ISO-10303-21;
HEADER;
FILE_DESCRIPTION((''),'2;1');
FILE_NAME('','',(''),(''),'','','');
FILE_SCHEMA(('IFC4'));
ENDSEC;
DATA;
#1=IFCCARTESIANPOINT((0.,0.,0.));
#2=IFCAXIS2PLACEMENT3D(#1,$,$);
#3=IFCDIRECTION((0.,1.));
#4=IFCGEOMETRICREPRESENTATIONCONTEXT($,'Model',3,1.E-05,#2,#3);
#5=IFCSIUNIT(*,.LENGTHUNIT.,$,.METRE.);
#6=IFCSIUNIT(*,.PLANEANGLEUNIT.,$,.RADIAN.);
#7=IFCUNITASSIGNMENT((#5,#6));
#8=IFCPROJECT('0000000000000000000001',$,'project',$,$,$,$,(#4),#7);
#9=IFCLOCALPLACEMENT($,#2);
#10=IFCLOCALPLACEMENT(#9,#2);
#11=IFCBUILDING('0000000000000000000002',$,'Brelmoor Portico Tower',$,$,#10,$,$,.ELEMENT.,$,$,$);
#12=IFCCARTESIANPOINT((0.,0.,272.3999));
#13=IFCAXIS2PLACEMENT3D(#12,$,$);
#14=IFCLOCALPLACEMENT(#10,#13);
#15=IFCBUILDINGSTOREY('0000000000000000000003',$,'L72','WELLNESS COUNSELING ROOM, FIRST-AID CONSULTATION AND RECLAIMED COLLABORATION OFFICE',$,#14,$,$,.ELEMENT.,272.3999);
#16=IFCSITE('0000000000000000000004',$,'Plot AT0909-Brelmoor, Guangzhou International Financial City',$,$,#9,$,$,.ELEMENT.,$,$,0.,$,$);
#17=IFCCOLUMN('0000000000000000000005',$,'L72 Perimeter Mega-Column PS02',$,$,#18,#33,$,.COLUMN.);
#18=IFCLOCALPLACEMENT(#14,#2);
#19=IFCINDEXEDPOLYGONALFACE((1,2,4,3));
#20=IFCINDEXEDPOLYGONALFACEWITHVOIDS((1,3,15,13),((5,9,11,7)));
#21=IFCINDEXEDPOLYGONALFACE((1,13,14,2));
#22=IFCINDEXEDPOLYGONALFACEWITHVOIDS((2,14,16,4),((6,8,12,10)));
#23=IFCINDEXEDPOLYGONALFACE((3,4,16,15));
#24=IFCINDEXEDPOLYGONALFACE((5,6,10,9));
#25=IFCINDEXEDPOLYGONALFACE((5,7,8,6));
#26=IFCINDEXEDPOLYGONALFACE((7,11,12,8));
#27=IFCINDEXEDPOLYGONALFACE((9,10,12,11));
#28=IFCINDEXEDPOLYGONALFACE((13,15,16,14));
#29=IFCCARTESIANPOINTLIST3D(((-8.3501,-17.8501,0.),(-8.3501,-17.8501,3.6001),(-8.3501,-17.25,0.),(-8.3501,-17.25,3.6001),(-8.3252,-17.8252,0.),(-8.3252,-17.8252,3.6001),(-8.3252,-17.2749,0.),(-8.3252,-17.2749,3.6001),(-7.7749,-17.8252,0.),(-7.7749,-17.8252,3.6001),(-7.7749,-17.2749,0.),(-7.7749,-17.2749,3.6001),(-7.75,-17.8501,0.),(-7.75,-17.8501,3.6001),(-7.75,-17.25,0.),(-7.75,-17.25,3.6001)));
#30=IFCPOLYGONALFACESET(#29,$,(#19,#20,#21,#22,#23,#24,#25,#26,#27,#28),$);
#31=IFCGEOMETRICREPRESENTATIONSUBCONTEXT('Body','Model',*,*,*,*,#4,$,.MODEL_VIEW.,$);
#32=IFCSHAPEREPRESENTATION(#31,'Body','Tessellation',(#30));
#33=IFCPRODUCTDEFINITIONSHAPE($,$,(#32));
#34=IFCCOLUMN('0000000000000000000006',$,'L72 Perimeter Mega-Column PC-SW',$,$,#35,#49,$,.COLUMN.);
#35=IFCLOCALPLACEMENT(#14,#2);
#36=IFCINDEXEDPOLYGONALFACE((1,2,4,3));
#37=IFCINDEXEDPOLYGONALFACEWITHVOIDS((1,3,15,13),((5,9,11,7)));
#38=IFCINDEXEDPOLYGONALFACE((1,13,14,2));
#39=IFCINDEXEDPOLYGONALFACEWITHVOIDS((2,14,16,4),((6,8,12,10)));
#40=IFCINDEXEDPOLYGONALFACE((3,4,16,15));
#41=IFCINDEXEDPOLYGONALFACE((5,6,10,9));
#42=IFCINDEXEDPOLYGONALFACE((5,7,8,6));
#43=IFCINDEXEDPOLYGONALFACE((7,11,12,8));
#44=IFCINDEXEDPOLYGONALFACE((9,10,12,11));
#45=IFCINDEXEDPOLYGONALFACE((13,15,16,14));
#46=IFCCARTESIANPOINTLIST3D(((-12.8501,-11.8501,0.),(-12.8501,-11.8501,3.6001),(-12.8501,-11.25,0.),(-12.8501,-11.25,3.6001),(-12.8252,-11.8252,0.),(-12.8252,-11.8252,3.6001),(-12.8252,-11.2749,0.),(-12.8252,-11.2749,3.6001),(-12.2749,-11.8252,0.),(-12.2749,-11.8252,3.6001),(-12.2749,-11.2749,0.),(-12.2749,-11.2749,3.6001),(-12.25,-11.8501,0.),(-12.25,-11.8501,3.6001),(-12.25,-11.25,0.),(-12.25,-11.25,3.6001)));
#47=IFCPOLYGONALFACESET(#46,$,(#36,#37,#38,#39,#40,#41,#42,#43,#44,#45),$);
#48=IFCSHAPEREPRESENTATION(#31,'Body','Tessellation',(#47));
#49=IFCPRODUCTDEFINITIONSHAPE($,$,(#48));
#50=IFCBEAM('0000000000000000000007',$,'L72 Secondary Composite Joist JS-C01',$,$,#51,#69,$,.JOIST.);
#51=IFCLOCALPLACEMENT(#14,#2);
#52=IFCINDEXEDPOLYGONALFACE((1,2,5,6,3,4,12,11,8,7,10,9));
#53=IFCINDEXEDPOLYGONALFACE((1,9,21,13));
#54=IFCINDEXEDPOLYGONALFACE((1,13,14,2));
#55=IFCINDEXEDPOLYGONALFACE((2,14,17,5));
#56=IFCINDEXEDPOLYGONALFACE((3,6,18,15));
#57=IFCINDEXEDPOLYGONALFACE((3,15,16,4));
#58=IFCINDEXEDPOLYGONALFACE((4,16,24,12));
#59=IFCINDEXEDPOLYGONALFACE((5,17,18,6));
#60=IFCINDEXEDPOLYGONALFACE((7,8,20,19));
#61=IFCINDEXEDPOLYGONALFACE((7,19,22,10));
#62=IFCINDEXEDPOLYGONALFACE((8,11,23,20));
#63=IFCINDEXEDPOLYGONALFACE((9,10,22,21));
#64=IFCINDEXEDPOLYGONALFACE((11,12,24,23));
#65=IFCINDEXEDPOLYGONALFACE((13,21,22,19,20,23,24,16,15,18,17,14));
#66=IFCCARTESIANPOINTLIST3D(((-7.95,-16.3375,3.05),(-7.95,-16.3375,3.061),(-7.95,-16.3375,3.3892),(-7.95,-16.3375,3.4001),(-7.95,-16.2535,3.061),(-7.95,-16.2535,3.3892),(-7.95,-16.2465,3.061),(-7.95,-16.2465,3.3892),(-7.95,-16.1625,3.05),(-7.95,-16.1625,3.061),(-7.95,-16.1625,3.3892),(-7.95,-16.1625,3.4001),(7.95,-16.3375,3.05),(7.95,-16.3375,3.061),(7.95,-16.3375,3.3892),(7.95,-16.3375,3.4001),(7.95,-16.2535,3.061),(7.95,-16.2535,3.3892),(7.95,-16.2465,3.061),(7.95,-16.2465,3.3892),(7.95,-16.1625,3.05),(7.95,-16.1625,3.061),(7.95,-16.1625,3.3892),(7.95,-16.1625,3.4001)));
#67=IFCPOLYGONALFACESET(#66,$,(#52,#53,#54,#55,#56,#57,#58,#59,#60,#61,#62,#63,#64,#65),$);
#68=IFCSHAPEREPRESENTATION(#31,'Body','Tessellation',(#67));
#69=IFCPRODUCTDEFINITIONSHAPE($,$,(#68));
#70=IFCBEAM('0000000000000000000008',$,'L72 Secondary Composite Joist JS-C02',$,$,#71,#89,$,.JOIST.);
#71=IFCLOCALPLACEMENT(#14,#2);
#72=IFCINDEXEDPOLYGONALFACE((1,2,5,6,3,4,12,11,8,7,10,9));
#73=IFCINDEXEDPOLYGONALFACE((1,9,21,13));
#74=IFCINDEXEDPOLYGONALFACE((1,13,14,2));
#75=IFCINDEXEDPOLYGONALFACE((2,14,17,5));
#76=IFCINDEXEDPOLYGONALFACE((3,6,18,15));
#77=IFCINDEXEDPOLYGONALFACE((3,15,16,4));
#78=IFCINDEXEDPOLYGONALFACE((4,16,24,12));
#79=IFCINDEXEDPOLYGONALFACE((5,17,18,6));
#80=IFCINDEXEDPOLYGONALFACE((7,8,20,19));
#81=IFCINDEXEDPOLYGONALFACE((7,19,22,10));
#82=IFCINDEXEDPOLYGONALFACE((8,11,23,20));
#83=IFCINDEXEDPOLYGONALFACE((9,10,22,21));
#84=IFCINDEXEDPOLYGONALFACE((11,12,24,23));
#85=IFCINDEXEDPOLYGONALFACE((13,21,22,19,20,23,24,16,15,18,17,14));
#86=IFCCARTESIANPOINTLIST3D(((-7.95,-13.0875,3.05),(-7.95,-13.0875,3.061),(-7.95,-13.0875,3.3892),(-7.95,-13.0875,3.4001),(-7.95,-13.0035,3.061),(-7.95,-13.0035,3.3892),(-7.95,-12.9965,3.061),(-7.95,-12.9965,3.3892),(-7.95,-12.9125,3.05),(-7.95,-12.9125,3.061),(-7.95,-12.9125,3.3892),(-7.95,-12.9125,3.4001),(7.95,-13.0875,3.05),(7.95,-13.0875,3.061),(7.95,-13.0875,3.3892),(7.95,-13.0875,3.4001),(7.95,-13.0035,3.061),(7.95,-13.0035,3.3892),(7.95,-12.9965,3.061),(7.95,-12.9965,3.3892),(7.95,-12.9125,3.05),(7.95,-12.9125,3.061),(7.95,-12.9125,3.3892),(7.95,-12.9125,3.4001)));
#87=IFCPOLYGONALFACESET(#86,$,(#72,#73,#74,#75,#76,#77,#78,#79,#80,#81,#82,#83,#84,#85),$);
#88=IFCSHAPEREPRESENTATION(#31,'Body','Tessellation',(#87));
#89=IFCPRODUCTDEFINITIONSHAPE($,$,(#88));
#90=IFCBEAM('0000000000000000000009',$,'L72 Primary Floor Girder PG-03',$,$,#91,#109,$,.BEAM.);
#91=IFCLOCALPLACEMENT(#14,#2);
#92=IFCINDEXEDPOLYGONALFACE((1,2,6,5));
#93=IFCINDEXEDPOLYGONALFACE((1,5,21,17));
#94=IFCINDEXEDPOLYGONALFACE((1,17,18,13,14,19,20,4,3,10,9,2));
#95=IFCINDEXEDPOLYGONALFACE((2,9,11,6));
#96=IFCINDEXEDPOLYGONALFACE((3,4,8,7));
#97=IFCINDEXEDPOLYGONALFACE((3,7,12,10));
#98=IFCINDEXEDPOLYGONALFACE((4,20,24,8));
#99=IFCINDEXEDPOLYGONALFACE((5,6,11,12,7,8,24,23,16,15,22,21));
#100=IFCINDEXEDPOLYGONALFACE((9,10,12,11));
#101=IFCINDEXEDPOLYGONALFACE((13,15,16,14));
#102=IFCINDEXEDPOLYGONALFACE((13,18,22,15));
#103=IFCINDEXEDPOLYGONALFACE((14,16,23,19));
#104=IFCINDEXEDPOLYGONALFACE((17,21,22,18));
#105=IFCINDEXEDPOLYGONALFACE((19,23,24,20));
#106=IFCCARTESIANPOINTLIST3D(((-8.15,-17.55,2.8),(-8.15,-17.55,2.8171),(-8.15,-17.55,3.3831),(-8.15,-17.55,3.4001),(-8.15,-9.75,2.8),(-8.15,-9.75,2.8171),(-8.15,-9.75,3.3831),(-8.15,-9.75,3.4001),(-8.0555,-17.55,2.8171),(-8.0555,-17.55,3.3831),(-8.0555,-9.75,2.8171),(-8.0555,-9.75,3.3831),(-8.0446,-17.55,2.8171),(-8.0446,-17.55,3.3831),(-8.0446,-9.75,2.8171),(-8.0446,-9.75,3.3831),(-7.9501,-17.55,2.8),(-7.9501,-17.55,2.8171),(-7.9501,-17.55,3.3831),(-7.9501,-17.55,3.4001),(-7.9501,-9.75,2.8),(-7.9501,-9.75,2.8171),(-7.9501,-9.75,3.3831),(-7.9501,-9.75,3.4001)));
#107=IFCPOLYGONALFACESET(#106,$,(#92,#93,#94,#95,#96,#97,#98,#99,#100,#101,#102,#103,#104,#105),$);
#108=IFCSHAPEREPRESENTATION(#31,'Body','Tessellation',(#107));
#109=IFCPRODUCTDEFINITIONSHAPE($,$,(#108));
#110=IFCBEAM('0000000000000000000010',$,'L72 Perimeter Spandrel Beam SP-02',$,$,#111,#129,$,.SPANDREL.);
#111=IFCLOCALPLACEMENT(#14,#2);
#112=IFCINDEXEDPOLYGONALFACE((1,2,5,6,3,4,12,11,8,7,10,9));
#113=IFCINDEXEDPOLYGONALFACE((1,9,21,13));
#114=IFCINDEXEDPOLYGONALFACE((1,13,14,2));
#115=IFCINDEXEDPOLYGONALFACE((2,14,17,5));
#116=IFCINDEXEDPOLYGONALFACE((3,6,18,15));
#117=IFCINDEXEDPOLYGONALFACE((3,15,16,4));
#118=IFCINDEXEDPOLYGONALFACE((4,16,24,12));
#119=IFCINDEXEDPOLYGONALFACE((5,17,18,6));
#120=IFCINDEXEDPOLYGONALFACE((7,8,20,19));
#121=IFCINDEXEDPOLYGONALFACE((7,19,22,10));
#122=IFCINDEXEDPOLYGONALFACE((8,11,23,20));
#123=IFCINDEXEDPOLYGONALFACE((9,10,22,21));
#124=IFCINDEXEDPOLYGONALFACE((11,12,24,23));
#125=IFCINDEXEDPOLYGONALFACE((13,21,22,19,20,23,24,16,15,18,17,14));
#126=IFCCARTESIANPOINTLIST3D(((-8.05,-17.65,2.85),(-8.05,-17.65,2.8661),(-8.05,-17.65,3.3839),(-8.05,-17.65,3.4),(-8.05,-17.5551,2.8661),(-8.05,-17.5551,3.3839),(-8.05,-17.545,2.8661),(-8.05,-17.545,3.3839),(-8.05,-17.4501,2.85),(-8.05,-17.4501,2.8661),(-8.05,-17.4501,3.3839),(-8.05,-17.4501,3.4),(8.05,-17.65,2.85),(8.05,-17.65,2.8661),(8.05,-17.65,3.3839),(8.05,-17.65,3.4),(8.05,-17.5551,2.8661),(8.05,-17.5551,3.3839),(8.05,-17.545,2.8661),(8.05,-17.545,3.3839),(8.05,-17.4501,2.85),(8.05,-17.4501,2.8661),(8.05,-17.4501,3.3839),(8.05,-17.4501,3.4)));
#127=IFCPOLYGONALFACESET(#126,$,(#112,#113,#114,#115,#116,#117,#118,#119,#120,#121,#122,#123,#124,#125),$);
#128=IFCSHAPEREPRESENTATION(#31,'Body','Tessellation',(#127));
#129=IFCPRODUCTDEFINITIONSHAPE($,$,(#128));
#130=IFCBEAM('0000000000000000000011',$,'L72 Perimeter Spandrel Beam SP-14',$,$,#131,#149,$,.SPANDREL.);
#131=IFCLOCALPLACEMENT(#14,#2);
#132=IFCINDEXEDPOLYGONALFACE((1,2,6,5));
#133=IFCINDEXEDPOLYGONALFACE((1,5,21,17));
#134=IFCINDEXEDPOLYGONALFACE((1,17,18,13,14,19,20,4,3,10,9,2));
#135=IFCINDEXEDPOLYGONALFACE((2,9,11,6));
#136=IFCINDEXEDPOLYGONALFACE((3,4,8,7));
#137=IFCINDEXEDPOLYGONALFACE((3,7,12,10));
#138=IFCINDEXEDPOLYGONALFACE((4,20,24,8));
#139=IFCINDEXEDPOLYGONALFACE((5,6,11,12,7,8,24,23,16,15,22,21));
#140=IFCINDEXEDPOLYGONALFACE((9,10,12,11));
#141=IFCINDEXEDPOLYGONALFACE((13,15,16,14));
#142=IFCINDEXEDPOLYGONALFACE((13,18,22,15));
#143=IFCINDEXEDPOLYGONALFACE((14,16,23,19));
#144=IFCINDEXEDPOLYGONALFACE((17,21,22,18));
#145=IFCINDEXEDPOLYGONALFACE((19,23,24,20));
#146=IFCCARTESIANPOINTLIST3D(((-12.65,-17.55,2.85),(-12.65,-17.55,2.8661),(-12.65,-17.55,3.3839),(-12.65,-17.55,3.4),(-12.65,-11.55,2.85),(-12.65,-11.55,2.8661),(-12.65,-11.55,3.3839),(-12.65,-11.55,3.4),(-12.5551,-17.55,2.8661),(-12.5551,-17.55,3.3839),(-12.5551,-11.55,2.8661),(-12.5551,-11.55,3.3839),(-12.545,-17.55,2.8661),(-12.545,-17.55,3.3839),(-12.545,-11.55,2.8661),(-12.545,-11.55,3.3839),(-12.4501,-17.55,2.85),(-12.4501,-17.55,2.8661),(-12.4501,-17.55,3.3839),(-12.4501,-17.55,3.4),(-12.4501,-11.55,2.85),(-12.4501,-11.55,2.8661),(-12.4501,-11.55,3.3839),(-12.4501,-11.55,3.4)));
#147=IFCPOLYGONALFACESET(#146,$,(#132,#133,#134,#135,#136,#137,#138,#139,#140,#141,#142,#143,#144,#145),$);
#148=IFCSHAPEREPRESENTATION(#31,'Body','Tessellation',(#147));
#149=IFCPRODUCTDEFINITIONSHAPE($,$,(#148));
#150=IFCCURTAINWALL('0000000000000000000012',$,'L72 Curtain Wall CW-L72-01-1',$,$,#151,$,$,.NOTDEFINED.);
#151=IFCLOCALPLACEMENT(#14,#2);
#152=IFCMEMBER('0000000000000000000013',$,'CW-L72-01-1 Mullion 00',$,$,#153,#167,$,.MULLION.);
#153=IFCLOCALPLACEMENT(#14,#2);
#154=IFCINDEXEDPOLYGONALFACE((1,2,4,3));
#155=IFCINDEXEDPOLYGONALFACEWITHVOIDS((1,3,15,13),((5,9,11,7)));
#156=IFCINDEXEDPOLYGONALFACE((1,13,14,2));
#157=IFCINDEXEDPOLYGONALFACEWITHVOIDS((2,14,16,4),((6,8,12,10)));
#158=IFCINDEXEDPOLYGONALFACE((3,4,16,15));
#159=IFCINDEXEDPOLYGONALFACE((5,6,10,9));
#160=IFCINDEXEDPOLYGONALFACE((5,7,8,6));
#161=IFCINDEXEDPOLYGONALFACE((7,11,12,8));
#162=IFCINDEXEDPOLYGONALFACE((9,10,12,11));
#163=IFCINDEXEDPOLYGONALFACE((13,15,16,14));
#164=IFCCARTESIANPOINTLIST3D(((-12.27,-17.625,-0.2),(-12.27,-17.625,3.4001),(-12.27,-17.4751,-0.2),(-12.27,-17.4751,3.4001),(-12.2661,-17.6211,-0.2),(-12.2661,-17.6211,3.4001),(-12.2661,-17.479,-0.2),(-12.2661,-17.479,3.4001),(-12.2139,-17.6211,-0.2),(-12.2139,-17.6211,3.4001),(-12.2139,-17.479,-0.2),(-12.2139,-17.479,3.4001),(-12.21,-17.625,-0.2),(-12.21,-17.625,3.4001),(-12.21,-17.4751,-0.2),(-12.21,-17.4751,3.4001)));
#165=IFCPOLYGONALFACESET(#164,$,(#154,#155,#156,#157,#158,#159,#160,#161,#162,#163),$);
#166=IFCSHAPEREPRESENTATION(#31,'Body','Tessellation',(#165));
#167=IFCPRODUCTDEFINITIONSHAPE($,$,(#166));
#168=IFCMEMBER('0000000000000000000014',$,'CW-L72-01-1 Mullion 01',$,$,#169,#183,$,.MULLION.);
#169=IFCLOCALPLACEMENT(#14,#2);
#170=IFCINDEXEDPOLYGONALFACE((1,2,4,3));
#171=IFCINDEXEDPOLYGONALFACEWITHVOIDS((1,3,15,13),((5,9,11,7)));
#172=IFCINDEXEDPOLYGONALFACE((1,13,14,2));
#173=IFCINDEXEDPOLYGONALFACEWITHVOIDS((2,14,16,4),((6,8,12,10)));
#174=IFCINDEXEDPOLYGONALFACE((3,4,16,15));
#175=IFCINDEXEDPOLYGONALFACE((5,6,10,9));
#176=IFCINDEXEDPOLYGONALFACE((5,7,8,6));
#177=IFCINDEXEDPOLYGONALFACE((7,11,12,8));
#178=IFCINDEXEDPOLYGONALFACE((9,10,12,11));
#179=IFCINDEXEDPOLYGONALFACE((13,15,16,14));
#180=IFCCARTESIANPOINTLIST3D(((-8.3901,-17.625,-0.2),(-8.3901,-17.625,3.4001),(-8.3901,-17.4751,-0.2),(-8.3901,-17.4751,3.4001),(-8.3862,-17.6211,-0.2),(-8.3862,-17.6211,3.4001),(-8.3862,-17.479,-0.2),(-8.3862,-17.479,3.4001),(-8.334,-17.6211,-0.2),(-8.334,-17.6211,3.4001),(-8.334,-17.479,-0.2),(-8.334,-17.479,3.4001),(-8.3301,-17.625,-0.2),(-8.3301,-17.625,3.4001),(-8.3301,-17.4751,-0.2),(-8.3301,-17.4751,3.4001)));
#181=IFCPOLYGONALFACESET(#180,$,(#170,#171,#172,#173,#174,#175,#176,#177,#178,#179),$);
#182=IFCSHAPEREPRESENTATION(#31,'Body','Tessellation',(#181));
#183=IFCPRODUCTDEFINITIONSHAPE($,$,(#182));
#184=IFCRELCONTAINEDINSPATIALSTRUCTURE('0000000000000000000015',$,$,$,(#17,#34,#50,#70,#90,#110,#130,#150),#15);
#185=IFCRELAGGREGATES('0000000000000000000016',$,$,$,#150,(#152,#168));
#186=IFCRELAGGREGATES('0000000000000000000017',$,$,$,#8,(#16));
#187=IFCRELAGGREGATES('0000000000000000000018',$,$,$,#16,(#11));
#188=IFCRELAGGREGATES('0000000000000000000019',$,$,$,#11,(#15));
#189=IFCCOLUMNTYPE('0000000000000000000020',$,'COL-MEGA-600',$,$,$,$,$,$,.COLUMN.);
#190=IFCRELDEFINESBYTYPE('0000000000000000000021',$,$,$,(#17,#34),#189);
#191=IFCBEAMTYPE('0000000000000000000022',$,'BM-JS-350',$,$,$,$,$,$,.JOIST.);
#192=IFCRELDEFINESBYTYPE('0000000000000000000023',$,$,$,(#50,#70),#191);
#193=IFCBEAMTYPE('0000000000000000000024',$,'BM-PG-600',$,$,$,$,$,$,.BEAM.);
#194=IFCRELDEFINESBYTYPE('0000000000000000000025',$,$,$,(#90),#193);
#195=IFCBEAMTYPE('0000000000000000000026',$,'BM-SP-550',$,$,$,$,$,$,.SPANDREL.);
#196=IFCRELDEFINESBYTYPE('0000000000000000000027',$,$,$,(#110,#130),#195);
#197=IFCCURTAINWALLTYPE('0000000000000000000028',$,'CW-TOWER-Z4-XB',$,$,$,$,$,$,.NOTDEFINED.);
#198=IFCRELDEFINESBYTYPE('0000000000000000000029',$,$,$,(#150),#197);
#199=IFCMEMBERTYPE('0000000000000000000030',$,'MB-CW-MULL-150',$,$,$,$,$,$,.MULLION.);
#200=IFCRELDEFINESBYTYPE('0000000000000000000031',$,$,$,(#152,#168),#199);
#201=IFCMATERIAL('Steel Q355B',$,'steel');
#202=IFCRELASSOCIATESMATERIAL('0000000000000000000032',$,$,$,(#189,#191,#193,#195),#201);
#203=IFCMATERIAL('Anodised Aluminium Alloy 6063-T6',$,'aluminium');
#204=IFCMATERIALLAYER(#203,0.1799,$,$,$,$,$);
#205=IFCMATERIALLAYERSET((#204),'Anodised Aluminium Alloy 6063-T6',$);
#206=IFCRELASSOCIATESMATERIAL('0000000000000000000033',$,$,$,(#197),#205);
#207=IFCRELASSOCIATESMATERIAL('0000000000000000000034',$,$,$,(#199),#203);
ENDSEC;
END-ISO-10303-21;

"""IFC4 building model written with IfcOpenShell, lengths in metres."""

from ifc_helpers import new_model, si_unit, direction, frame, origin, origin_2d, place, context, subcontext, project, spatial, hollow_rectangle, i_section, extrude, material, layer, layer_set, material_profile, profile_set, type_object, element, aggregate, save


model = new_model("IFC4")

# Units and contexts
model_context = context("Model", 3, precision=1e-05, world=origin(), true_north=direction((0.0, 1.0)))
body_context = subcontext(model_context, "Body", "Model", "MODEL_VIEW")
ifc_project = project(units=[si_unit("LENGTHUNIT", "METRE"), si_unit("PLANEANGLEUNIT", "RADIAN")], contexts=[model_context])

# Site, building, storey
site_placement = place(None, origin())
site = spatial("IfcSite", under=ifc_project, at=site_placement, Name="Plot AT0909-Brelmoor, Guangzhou International Financial City", CompositionType="ELEMENT", RefElevation=0.0)
building_placement = place(site_placement, origin())
building = spatial("IfcBuilding", under=site, at=building_placement, Name="Brelmoor Portico Tower", CompositionType="ELEMENT")
storey_placement = place(building_placement, frame((0.0, 0.0, 272.3999)))
storey = spatial("IfcBuildingStorey", under=building, at=storey_placement, Name="L72", Description="WELLNESS COUNSELING ROOM, FIRST-AID CONSULTATION AND RECLAIMED COLLABORATION OFFICE", CompositionType="ELEMENT", Elevation=272.3999)

# Columns
ifc_material_1 = material(Name="Steel Q355B", Category="steel")
ifc_material_profile_1 = material_profile(ifc_material_1, hollow_rectangle(XDim=0.6001, YDim=0.6001, WallThickness=0.0249, at=origin_2d()), Name="BOX 600x600x25")
ifc_profile_set_1 = profile_set([ifc_material_profile_1], Name="Steel Q355B")
column_type = type_object("IfcColumnType", Name="COL-MEGA-600", PredefinedType="COLUMN", material=ifc_profile_set_1)
for number, where, z_axis, x_axis, name in (
    (1, (-8.05, -17.55, 0.0), (0.0, 0.0, 1.0), (1.0, 0.0, 0.0), "L72 Perimeter Mega-Column PS02"),
    (2, (-12.55, -11.55, 0.0), (0.0, 0.0, 1.0), (1.0, 0.0, 0.0), "L72 Perimeter Mega-Column PC-SW"),
):
    element("IfcColumn", number, at=place(storey_placement, frame(where, z_axis=z_axis, x_axis=x_axis)), inside=storey, type_object=column_type, Name=name, PredefinedType="COLUMN", context=body_context, shape_type="SweptSolid", body=[
        extrude(hollow_rectangle(XDim=0.6001, YDim=0.6001, WallThickness=0.0249, at=origin_2d()), origin(), (0.0, 0.0, 1.0), 3.6001),
    ])

# Beams
ifc_material_profile_2 = material_profile(ifc_material_1, i_section(OverallWidth=0.175, OverallDepth=0.3501, WebThickness=0.0071, FlangeThickness=0.011, at=origin_2d()), Name="HN 350x175x7x11")
ifc_profile_set_2 = profile_set([ifc_material_profile_2], Name="Steel Q355B")
beam_type_1 = type_object("IfcBeamType", Name="BM-JS-350", PredefinedType="JOIST", material=ifc_profile_set_2)
for number, where, z_axis, x_axis, name in (
    (3, (-7.95, -16.25, 3.2251), (1.0, 0.0, 0.0), (0.0, 1.0, 0.0), "L72 Secondary Composite Joist JS-C01"),
    (4, (-7.95, -13.0, 3.2251), (1.0, 0.0, 0.0), (0.0, 1.0, 0.0), "L72 Secondary Composite Joist JS-C02"),
):
    element("IfcBeam", number, at=place(storey_placement, frame(where, z_axis=z_axis, x_axis=x_axis)), inside=storey, type_object=beam_type_1, Name=name, PredefinedType="JOIST", context=body_context, shape_type="SweptSolid", body=[
        extrude(i_section(OverallWidth=0.175, OverallDepth=0.3501, WebThickness=0.0071, FlangeThickness=0.011, at=origin_2d()), origin(), (0.0, 0.0, 1.0), 15.8999),
    ])
ifc_material_profile_3 = material_profile(ifc_material_1, i_section(OverallWidth=0.2, OverallDepth=0.6001, WebThickness=0.011, FlangeThickness=0.0171, at=origin_2d()), Name="HN 600x200x11x17")
ifc_profile_set_3 = profile_set([ifc_material_profile_3], Name="Steel Q355B")
beam_type_2 = type_object("IfcBeamType", Name="BM-PG-600", PredefinedType="BEAM", material=ifc_profile_set_3)
beam_1_placement = place(storey_placement, frame((-8.05, -17.55, 3.1001), z_axis=(0.0, 1.0, 0.0), x_axis=(-1.0, 0.0, 0.0)))
element("IfcBeam", 5, at=beam_1_placement, inside=storey, type_object=beam_type_2, Name="L72 Primary Floor Girder PG-03", PredefinedType="BEAM", context=body_context, shape_type="SweptSolid", body=[
    extrude(i_section(OverallWidth=0.2, OverallDepth=0.6001, WebThickness=0.011, FlangeThickness=0.0171, at=origin_2d()), origin(), (0.0, 0.0, 1.0), 7.8),
])
ifc_material_profile_4 = material_profile(ifc_material_1, i_section(OverallWidth=0.2, OverallDepth=0.55, WebThickness=0.01, FlangeThickness=0.0161, at=origin_2d()), Name="HN 550x200x10x16")
ifc_profile_set_4 = profile_set([ifc_material_profile_4], Name="Steel Q355B")
beam_type_3 = type_object("IfcBeamType", Name="BM-SP-550", PredefinedType="SPANDREL", material=ifc_profile_set_4)
beam_2_placement = place(storey_placement, frame((-8.05, -17.55, 3.125), z_axis=(1.0, 0.0, 0.0), x_axis=(0.0, 1.0, 0.0)))
element("IfcBeam", 6, at=beam_2_placement, inside=storey, type_object=beam_type_3, Name="L72 Perimeter Spandrel Beam SP-02", PredefinedType="SPANDREL", context=body_context, shape_type="SweptSolid", body=[
    extrude(i_section(OverallWidth=0.2, OverallDepth=0.55, WebThickness=0.01, FlangeThickness=0.0161, at=origin_2d()), origin(), (0.0, 0.0, 1.0), 16.1001),
])
beam_3_placement = place(storey_placement, frame((-12.55, -17.55, 3.125), z_axis=(0.0, 1.0, 0.0), x_axis=(-1.0, 0.0, 0.0)))
element("IfcBeam", 7, at=beam_3_placement, inside=storey, type_object=beam_type_3, Name="L72 Perimeter Spandrel Beam SP-14", PredefinedType="SPANDREL", context=body_context, shape_type="SweptSolid", body=[
    extrude(i_section(OverallWidth=0.2, OverallDepth=0.55, WebThickness=0.01, FlangeThickness=0.0161, at=origin_2d()), origin(), (0.0, 0.0, 1.0), 6.0),
])

# Curtain wall, members
ifc_material_2 = material(Name="Anodised Aluminium Alloy 6063-T6", Category="aluminium")
ifc_layer_1 = layer(ifc_material_2, 0.1799)
ifc_layer_set_1 = layer_set([ifc_layer_1], Name="Anodised Aluminium Alloy 6063-T6")
curtain_wall_type = type_object("IfcCurtainWallType", Name="CW-TOWER-Z4-XB", PredefinedType="NOTDEFINED", material=ifc_layer_set_1)
curtain_wall_1_placement = place(storey_placement, origin())
curtain_wall_1 = element("IfcCurtainWall", 8, at=curtain_wall_1_placement, inside=storey, type_object=curtain_wall_type, Name="L72 Curtain Wall CW-L72-01-1", PredefinedType="NOTDEFINED")
ifc_material_profile_5 = material_profile(ifc_material_2, hollow_rectangle(XDim=0.0601, YDim=0.1499, WallThickness=0.0039, at=origin_2d()), Name="ALU MULLION 60x150")
ifc_profile_set_5 = profile_set([ifc_material_profile_5], Name="Anodised Aluminium Alloy 6063-T6")
member_type_1 = type_object("IfcMemberType", Name="MB-CW-MULL-150", PredefinedType="MULLION", material=ifc_profile_set_5)
member_1_placement = place(storey_placement, frame((-12.24, -17.55, -0.2), z_axis=(0.0, 0.0, 1.0), x_axis=(1.0, 0.0, 0.0)))
member_1 = element("IfcMember", 9, at=member_1_placement, type_object=member_type_1, Name="CW-L72-01-1 Mullion 00", PredefinedType="MULLION", context=body_context, shape_type="SweptSolid", body=[
    extrude(hollow_rectangle(XDim=0.0601, YDim=0.1499, WallThickness=0.0039, at=origin_2d()), origin(), (0.0, 0.0, 1.0), 3.6001),
])
member_2_placement = place(storey_placement, frame((-8.3601, -17.55, -0.2), z_axis=(0.0, 0.0, 1.0), x_axis=(1.0, 0.0, 0.0)))
member_2 = element("IfcMember", 10, at=member_2_placement, type_object=member_type_1, Name="CW-L72-01-1 Mullion 01", PredefinedType="MULLION", context=body_context, shape_type="SweptSolid", body=[
    extrude(hollow_rectangle(XDim=0.0601, YDim=0.1499, WallThickness=0.0039, at=origin_2d()), origin(), (0.0, 0.0, 1.0), 3.6001),
])

aggregate(curtain_wall_1, [member_1, member_2])

save(model, "model.ifc")
